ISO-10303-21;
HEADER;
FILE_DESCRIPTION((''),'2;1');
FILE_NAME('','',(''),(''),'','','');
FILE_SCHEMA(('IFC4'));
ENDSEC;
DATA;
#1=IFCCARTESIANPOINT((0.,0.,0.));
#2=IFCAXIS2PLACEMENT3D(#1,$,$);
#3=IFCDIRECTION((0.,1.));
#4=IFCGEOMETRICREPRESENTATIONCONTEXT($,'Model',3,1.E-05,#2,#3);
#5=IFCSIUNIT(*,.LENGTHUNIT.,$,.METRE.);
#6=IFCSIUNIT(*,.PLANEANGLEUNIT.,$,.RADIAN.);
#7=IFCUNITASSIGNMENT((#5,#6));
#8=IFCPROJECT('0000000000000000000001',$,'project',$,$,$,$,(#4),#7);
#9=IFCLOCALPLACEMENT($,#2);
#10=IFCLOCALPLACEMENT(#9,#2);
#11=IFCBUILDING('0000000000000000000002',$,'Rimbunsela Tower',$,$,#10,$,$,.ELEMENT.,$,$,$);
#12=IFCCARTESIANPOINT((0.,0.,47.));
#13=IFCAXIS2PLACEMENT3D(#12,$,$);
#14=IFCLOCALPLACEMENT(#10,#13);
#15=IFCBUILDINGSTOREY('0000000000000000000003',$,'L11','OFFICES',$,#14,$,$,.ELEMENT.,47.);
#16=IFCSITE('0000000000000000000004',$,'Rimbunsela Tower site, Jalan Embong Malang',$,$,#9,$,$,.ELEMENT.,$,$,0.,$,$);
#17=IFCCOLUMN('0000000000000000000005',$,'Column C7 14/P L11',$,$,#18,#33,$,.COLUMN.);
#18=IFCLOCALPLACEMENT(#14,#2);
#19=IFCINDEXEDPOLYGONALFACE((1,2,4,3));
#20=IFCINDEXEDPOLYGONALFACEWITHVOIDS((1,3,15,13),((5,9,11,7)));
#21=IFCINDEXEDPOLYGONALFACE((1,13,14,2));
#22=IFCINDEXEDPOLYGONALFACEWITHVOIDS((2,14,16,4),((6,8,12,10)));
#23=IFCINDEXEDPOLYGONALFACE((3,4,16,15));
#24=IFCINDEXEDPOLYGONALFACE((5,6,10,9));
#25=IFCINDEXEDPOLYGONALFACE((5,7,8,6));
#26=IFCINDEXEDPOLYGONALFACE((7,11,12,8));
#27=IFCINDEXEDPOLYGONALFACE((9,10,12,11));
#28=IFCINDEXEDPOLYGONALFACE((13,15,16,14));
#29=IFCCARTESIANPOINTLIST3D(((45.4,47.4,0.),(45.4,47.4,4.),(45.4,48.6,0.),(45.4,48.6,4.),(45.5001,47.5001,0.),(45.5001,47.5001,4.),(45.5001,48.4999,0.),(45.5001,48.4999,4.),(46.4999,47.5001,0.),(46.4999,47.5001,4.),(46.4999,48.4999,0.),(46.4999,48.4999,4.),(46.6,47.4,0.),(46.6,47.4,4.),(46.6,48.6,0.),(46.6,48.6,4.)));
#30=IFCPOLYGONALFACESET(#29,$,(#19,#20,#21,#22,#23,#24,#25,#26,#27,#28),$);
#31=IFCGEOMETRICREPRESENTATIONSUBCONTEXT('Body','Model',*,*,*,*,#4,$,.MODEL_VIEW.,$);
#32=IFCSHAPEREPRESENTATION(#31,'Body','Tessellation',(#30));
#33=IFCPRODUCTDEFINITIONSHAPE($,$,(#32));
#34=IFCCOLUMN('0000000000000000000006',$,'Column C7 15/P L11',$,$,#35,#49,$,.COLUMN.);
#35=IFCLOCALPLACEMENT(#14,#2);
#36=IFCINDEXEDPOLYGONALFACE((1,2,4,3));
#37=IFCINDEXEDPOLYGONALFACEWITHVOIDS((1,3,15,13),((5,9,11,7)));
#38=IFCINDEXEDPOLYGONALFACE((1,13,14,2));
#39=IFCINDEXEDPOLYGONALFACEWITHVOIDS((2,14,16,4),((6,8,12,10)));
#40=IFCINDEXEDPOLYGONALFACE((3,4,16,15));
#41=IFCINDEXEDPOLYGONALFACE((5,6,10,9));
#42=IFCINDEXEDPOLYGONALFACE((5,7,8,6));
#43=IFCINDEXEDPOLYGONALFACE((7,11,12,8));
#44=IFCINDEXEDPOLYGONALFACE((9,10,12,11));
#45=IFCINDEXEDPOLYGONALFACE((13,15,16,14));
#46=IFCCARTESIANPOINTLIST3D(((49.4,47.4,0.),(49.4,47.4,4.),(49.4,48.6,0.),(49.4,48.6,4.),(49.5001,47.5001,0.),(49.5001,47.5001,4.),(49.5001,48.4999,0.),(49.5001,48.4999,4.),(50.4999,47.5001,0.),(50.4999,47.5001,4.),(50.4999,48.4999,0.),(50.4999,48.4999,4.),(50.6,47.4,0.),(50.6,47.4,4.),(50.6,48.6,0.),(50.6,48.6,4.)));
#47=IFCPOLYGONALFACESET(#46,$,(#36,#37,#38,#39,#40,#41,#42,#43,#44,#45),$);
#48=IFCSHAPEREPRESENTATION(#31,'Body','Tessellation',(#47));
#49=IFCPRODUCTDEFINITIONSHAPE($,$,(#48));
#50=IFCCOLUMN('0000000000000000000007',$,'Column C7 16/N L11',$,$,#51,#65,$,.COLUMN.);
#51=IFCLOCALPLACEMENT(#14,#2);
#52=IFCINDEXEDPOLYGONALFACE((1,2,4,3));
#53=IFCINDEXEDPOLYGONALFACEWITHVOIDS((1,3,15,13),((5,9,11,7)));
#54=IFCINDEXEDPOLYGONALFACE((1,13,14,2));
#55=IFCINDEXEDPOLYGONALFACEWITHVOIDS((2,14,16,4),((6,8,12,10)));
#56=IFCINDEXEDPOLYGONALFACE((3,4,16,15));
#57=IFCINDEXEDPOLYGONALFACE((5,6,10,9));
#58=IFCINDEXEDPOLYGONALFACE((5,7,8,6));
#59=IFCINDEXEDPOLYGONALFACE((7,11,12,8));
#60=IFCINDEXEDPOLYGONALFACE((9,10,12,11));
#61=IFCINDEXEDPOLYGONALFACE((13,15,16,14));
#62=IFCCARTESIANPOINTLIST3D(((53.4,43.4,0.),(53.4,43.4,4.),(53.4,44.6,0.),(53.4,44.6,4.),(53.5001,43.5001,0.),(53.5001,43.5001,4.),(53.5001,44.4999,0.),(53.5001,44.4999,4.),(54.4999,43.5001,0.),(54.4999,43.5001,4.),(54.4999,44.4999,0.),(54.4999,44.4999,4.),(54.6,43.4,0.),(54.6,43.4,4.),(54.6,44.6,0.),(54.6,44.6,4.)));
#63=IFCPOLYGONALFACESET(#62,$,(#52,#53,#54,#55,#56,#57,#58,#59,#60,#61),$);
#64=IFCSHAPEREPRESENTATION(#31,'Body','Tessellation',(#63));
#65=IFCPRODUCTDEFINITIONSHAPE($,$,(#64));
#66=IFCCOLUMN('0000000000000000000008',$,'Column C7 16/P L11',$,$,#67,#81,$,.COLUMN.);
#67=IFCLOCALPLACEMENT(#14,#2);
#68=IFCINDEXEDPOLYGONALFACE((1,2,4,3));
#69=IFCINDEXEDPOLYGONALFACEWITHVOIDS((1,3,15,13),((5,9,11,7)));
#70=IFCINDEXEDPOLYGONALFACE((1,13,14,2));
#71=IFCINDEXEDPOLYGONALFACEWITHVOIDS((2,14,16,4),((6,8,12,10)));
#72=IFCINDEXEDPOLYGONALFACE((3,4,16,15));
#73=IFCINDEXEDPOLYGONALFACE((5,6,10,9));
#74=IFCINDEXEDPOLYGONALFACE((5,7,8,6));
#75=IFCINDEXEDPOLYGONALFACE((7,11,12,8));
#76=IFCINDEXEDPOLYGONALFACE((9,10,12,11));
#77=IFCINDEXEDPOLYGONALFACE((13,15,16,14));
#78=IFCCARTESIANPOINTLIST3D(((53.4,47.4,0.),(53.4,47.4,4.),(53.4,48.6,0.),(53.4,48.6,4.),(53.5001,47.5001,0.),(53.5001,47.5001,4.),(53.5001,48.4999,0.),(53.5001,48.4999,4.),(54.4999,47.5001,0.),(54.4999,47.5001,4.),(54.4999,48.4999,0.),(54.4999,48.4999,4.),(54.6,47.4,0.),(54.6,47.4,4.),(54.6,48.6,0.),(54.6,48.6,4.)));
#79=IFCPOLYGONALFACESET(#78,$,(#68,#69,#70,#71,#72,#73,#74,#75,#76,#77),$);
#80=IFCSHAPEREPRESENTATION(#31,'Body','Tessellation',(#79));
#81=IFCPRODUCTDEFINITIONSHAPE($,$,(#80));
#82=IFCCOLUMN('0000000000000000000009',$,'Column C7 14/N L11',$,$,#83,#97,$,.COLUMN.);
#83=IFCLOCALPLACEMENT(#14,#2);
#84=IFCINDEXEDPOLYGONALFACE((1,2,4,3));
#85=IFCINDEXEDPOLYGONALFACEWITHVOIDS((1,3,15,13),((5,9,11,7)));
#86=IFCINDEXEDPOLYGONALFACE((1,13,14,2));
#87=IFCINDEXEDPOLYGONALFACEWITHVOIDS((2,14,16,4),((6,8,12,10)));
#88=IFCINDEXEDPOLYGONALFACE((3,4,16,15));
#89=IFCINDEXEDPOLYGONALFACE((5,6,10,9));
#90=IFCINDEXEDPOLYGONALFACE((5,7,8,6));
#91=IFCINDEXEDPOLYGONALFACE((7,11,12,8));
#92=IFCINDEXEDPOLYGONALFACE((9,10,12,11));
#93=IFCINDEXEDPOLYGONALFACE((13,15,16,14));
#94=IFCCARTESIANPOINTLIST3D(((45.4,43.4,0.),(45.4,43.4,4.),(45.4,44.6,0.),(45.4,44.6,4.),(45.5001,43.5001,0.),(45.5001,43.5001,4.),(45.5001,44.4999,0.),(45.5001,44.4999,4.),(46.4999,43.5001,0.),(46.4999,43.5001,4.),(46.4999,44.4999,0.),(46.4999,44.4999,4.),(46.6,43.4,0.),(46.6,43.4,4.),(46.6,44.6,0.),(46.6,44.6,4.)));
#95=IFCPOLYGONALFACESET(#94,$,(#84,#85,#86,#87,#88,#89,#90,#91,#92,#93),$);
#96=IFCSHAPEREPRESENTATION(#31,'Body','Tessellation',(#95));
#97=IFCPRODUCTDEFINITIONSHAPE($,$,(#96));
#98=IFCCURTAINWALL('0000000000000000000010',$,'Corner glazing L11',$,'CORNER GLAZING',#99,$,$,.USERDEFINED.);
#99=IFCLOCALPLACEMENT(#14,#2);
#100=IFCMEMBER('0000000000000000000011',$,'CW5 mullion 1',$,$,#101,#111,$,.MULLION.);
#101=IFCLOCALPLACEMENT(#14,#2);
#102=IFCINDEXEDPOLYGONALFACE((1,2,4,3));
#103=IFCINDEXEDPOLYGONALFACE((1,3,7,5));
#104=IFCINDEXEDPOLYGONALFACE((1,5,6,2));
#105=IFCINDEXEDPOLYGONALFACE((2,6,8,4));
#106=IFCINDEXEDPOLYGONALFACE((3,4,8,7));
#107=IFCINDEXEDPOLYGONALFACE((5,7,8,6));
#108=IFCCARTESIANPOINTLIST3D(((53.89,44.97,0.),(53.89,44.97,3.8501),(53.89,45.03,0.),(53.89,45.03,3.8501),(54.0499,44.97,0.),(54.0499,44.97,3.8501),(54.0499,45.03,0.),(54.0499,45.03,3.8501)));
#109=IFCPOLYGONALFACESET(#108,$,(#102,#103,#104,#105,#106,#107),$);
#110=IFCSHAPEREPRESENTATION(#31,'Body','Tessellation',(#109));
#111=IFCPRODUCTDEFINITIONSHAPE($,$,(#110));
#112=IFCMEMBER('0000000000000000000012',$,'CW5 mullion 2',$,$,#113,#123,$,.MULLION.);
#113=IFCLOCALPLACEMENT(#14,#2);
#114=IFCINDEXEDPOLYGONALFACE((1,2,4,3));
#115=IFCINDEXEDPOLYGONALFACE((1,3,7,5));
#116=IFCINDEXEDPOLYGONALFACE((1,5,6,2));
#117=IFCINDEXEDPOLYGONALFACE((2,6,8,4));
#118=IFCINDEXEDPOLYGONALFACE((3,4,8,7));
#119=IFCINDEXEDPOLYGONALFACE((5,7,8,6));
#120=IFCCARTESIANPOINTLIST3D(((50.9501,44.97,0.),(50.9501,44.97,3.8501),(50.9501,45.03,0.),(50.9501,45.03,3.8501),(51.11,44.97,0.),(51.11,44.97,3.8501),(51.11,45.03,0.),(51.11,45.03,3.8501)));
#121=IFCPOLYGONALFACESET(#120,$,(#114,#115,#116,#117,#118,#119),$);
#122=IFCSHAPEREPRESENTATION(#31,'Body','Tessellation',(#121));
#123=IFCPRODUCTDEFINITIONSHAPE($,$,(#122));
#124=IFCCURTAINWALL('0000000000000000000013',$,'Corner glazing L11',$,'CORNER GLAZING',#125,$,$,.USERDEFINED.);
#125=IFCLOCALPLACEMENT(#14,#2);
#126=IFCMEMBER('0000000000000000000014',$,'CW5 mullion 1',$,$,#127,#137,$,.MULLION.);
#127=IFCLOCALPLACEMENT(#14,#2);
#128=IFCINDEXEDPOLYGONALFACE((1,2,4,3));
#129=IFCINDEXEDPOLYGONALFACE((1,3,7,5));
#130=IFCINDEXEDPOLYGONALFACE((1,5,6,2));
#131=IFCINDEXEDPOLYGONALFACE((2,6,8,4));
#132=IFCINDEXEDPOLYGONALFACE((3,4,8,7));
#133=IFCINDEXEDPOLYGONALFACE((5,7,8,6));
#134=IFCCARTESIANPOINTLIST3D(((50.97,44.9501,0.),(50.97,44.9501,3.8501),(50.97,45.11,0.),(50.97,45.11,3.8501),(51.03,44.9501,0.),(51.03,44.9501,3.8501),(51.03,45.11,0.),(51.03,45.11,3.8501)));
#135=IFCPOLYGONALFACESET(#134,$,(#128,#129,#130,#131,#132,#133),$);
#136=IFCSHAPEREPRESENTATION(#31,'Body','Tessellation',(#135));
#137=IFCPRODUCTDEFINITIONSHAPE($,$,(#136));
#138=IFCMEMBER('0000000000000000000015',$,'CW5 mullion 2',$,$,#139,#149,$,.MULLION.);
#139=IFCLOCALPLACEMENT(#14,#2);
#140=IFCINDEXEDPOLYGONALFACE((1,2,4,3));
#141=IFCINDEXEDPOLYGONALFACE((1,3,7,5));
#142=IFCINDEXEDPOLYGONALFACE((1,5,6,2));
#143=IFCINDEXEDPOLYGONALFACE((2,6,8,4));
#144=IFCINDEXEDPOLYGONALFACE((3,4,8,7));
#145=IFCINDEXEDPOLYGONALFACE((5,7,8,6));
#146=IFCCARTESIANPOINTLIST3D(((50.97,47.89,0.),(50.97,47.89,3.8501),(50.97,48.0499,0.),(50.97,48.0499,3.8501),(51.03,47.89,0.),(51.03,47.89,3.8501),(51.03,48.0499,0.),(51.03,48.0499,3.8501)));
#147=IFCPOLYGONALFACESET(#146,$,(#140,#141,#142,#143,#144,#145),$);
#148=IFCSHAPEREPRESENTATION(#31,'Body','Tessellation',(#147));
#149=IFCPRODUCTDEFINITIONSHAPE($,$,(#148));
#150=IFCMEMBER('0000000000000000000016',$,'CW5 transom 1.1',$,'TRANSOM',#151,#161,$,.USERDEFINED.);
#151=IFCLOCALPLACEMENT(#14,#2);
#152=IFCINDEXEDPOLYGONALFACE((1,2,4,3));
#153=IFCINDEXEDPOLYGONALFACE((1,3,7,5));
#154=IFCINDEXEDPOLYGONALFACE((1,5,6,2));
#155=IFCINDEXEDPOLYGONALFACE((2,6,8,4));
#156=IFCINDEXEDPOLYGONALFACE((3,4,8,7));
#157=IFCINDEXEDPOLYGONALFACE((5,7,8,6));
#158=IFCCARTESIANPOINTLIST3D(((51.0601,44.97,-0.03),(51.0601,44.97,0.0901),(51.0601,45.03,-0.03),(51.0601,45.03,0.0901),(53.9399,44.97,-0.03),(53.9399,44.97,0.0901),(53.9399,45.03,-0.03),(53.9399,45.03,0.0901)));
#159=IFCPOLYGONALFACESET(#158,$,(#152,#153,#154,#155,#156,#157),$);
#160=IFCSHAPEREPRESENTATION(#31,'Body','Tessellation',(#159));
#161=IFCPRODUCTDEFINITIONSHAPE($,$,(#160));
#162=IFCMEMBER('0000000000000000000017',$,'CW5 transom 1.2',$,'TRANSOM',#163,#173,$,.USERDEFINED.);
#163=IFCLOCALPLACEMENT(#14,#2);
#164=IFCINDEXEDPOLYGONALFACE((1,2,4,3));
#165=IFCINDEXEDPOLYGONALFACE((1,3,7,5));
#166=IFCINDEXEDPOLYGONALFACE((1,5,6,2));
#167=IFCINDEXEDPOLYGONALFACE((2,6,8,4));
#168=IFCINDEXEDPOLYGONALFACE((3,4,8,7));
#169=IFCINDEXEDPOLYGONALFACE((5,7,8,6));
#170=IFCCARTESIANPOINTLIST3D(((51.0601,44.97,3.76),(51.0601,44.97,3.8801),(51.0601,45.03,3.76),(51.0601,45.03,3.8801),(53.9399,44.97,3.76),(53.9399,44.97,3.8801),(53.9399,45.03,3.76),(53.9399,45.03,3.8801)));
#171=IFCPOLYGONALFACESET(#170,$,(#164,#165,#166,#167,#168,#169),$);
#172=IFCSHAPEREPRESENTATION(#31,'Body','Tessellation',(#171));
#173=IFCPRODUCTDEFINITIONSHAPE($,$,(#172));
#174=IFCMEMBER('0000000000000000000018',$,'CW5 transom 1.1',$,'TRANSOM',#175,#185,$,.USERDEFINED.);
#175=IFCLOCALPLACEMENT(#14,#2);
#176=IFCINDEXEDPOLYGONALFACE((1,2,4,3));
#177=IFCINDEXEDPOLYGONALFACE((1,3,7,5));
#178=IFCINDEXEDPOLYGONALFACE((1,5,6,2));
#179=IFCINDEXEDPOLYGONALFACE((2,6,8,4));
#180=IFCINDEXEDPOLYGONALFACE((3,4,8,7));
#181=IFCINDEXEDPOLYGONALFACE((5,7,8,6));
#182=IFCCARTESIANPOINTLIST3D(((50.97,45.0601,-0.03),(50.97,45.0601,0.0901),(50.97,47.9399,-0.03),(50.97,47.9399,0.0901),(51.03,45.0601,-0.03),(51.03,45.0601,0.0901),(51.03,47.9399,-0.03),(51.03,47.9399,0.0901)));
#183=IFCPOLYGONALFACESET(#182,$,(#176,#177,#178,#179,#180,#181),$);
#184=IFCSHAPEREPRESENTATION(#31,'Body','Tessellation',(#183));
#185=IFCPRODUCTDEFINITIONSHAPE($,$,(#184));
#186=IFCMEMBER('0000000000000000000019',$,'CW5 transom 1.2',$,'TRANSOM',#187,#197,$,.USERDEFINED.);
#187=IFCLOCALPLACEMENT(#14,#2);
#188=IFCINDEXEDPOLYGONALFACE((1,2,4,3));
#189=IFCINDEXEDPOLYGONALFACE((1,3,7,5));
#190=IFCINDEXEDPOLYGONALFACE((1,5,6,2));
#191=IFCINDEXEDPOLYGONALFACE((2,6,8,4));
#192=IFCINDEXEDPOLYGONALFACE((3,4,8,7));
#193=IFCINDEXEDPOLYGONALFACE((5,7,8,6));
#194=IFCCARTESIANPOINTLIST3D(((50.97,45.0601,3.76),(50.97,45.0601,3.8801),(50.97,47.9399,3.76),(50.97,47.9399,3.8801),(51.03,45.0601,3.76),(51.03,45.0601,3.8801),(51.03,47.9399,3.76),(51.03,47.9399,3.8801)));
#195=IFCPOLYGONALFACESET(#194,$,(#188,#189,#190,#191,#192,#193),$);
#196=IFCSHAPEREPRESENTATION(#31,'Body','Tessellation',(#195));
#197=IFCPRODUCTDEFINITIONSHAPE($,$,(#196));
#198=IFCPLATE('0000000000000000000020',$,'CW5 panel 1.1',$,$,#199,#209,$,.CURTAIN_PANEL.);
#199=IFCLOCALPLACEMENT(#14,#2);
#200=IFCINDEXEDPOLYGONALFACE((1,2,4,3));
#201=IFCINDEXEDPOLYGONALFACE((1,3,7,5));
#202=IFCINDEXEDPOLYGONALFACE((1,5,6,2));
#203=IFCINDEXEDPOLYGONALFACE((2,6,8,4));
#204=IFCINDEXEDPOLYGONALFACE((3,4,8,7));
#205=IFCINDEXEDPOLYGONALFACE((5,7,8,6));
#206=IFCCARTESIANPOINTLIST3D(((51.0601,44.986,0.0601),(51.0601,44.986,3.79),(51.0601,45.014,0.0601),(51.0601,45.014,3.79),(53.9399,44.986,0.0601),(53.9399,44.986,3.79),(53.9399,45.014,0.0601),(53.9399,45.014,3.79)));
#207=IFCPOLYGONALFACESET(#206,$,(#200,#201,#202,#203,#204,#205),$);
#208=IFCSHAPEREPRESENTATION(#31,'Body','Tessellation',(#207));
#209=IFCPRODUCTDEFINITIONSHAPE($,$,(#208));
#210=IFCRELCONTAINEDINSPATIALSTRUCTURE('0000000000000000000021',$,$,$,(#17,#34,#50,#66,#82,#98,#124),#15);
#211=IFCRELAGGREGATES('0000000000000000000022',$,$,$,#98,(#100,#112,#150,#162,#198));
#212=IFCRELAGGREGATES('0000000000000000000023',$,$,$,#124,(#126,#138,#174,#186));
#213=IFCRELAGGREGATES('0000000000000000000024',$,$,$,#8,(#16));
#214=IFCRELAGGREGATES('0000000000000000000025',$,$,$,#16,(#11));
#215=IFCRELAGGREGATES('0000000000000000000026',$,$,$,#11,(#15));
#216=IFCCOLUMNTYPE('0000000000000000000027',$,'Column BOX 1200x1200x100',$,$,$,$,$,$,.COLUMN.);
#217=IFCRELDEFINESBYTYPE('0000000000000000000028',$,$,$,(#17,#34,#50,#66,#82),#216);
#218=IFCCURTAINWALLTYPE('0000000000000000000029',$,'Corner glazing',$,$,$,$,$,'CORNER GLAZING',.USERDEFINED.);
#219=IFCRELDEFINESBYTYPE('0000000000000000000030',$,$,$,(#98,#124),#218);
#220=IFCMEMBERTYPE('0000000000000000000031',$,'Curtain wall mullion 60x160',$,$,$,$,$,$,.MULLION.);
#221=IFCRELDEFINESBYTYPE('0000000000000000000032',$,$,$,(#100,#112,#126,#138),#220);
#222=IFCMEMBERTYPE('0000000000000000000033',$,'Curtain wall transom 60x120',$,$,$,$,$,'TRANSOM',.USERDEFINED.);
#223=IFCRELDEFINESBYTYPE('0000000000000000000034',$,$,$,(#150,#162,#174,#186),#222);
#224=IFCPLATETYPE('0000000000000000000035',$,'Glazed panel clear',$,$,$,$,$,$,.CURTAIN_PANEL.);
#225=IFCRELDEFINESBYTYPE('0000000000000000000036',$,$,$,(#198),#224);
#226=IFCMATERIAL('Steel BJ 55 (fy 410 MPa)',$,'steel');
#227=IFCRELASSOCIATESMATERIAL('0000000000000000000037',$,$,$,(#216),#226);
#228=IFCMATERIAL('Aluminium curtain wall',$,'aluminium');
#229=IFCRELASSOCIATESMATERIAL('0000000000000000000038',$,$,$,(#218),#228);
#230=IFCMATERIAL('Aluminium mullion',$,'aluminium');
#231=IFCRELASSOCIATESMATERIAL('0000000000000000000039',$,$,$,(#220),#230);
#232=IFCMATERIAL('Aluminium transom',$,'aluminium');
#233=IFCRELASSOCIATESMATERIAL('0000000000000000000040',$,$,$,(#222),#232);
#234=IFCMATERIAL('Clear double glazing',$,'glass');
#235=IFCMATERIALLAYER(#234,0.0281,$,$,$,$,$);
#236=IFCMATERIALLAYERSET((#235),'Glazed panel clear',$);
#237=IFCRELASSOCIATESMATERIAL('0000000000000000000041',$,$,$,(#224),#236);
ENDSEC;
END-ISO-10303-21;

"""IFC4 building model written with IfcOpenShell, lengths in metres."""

from ifc_helpers import new_model, si_unit, direction, frame, origin, origin_2d, place, context, subcontext, project, spatial, rectangle, hollow_rectangle, extrude, material, layer, layer_set, material_profile, profile_set, type_object, element, aggregate, save


model = new_model("IFC4")

# Units and contexts
model_context = context("Model", 3, precision=1e-05, world=origin(), true_north=direction((0.0, 1.0)))
body_context = subcontext(model_context, "Body", "Model", "MODEL_VIEW")
ifc_project = project(units=[si_unit("LENGTHUNIT", "METRE"), si_unit("PLANEANGLEUNIT", "RADIAN")], contexts=[model_context])

# Site, building, storey
site_placement = place(None, origin())
site = spatial("IfcSite", under=ifc_project, at=site_placement, Name="Rimbunsela Tower site, Jalan Embong Malang", CompositionType="ELEMENT", RefElevation=0.0)
building_placement = place(site_placement, origin())
building = spatial("IfcBuilding", under=site, at=building_placement, Name="Rimbunsela Tower", CompositionType="ELEMENT")
storey_placement = place(building_placement, frame((0.0, 0.0, 47.0)))
storey = spatial("IfcBuildingStorey", under=building, at=storey_placement, Name="L11", Description="OFFICES", CompositionType="ELEMENT", Elevation=47.0)

# Columns
ifc_material_1 = material(Name="Steel BJ 55 (fy 410 MPa)", Category="steel")
ifc_material_profile_1 = material_profile(ifc_material_1, hollow_rectangle(XDim=1.2, YDim=1.2, WallThickness=0.1001, at=origin_2d()), Name="BOX 1200x1200x100")
ifc_profile_set_1 = profile_set([ifc_material_profile_1], Name="Steel BJ 55 (fy 410 MPa)")
column_type = type_object("IfcColumnType", Name="Column BOX 1200x1200x100", PredefinedType="COLUMN", material=ifc_profile_set_1)
for number, where, z_axis, x_axis, name in (
    (1, (46.0, 48.0, 0.0), (0.0, 0.0, 1.0), (1.0, 0.0, 0.0), "Column C7 14/P L11"),
    (2, (50.0, 48.0, 0.0), (0.0, 0.0, 1.0), (1.0, 0.0, 0.0), "Column C7 15/P L11"),
    (3, (54.0, 44.0, 0.0), (0.0, 0.0, 1.0), (1.0, 0.0, 0.0), "Column C7 16/N L11"),
    (4, (54.0, 48.0, 0.0), (0.0, 0.0, 1.0), (1.0, 0.0, 0.0), "Column C7 16/P L11"),
    (5, (46.0, 44.0, 0.0), (0.0, 0.0, 1.0), (1.0, 0.0, 0.0), "Column C7 14/N L11"),
):
    element("IfcColumn", number, at=place(storey_placement, frame(where, z_axis=z_axis, x_axis=x_axis)), inside=storey, type_object=column_type, Name=name, PredefinedType="COLUMN", context=body_context, shape_type="SweptSolid", body=[
        extrude(hollow_rectangle(XDim=1.2, YDim=1.2, WallThickness=0.1001, at=origin_2d()), origin(), (0.0, 0.0, 1.0), 4.0),
    ])

# Curtain walls, members
ifc_material_2 = material(Name="Aluminium curtain wall", Category="aluminium")
curtain_wall_type = type_object("IfcCurtainWallType", Name="Corner glazing", ElementType="CORNER GLAZING", PredefinedType="USERDEFINED", material=ifc_material_2)
curtain_wall_1_placement = place(storey_placement, origin())
curtain_wall_1 = element("IfcCurtainWall", 6, at=curtain_wall_1_placement, inside=storey, type_object=curtain_wall_type, Name="Corner glazing L11", ObjectType="CORNER GLAZING", PredefinedType="USERDEFINED")
ifc_material_3 = material(Name="Aluminium mullion", Category="aluminium")
ifc_material_profile_2 = material_profile(ifc_material_3, rectangle(XDim=0.0601, YDim=0.1599, at=origin_2d()), Name="Mullion 60x160")
ifc_profile_set_2 = profile_set([ifc_material_profile_2], Name="Aluminium mullion")
member_type_1 = type_object("IfcMemberType", Name="Curtain wall mullion 60x160", PredefinedType="MULLION", material=ifc_profile_set_2)
member_1_placement = place(storey_placement, frame((53.97, 45.0, 0.0), z_axis=(0.0, 0.0, 1.0), x_axis=(0.0, -1.0, 0.0)))
member_1 = element("IfcMember", 7, at=member_1_placement, type_object=member_type_1, Name="CW5 mullion 1", PredefinedType="MULLION", context=body_context, shape_type="SweptSolid", body=[
    extrude(rectangle(XDim=0.0601, YDim=0.1599, at=origin_2d()), origin(), (0.0, 0.0, 1.0), 3.8501),
])
member_2_placement = place(storey_placement, frame((51.03, 45.0, 0.0), z_axis=(0.0, 0.0, 1.0), x_axis=(0.0, -1.0, 0.0)))
member_2 = element("IfcMember", 8, at=member_2_placement, type_object=member_type_1, Name="CW5 mullion 2", PredefinedType="MULLION", context=body_context, shape_type="SweptSolid", body=[
    extrude(rectangle(XDim=0.0601, YDim=0.1599, at=origin_2d()), origin(), (0.0, 0.0, 1.0), 3.8501),
])
curtain_wall_2_placement = place(storey_placement, origin())
curtain_wall_2 = element("IfcCurtainWall", 9, at=curtain_wall_2_placement, inside=storey, type_object=curtain_wall_type, Name="Corner glazing L11", ObjectType="CORNER GLAZING", PredefinedType="USERDEFINED")
member_3_placement = place(storey_placement, frame((51.0, 45.03, 0.0), z_axis=(0.0, 0.0, 1.0), x_axis=(-1.0, 0.0, 0.0)))
member_3 = element("IfcMember", 10, at=member_3_placement, type_object=member_type_1, Name="CW5 mullion 1", PredefinedType="MULLION", context=body_context, shape_type="SweptSolid", body=[
    extrude(rectangle(XDim=0.0601, YDim=0.1599, at=origin_2d()), origin(), (0.0, 0.0, 1.0), 3.8501),
])
member_4_placement = place(storey_placement, frame((51.0, 47.97, 0.0), z_axis=(0.0, 0.0, 1.0), x_axis=(-1.0, 0.0, 0.0)))
member_4 = element("IfcMember", 11, at=member_4_placement, type_object=member_type_1, Name="CW5 mullion 2", PredefinedType="MULLION", context=body_context, shape_type="SweptSolid", body=[
    extrude(rectangle(XDim=0.0601, YDim=0.1599, at=origin_2d()), origin(), (0.0, 0.0, 1.0), 3.8501),
])

# Members
ifc_material_4 = material(Name="Aluminium transom", Category="aluminium")
ifc_material_profile_3 = material_profile(ifc_material_4, rectangle(XDim=0.0601, YDim=0.1201, at=origin_2d()), Name="Transom 60x120")
ifc_profile_set_3 = profile_set([ifc_material_profile_3], Name="Aluminium transom")
member_type_2 = type_object("IfcMemberType", Name="Curtain wall transom 60x120", ElementType="TRANSOM", PredefinedType="USERDEFINED", material=ifc_profile_set_3)
member_5_placement = place(storey_placement, frame((53.9399, 45.0, 0.03), z_axis=(-1.0, 0.0, 0.0), x_axis=(0.0, -1.0, 0.0)))
member_5 = element("IfcMember", 12, at=member_5_placement, type_object=member_type_2, Name="CW5 transom 1.1", ObjectType="TRANSOM", PredefinedType="USERDEFINED", context=body_context, shape_type="SweptSolid", body=[
    extrude(rectangle(XDim=0.0601, YDim=0.1201, at=origin_2d()), origin(), (0.0, 0.0, 1.0), 2.8799),
])
member_6_placement = place(storey_placement, frame((53.9399, 45.0, 3.8201), z_axis=(-1.0, 0.0, 0.0), x_axis=(0.0, -1.0, 0.0)))
member_6 = element("IfcMember", 13, at=member_6_placement, type_object=member_type_2, Name="CW5 transom 1.2", ObjectType="TRANSOM", PredefinedType="USERDEFINED", context=body_context, shape_type="SweptSolid", body=[
    extrude(rectangle(XDim=0.0601, YDim=0.1201, at=origin_2d()), origin(), (0.0, 0.0, 1.0), 2.8799),
])
member_7_placement = place(storey_placement, frame((51.0, 45.0601, 0.03), z_axis=(0.0, 1.0, 0.0), x_axis=(-1.0, 0.0, 0.0)))
member_7 = element("IfcMember", 14, at=member_7_placement, type_object=member_type_2, Name="CW5 transom 1.1", ObjectType="TRANSOM", PredefinedType="USERDEFINED", context=body_context, shape_type="SweptSolid", body=[
    extrude(rectangle(XDim=0.0601, YDim=0.1201, at=origin_2d()), origin(), (0.0, 0.0, 1.0), 2.8799),
])
member_8_placement = place(storey_placement, frame((51.0, 45.0601, 3.8201), z_axis=(0.0, 1.0, 0.0), x_axis=(-1.0, 0.0, 0.0)))
member_8 = element("IfcMember", 15, at=member_8_placement, type_object=member_type_2, Name="CW5 transom 1.2", ObjectType="TRANSOM", PredefinedType="USERDEFINED", context=body_context, shape_type="SweptSolid", body=[
    extrude(rectangle(XDim=0.0601, YDim=0.1201, at=origin_2d()), origin(), (0.0, 0.0, 1.0), 2.8799),
])

# Plate
ifc_material_5 = material(Name="Clear double glazing", Category="glass")
ifc_layer_1 = layer(ifc_material_5, 0.0281)
ifc_layer_set_1 = layer_set([ifc_layer_1], Name="Glazed panel clear")
plate_type = type_object("IfcPlateType", Name="Glazed panel clear", PredefinedType="CURTAIN_PANEL", material=ifc_layer_set_1)
plate_1_placement = place(storey_placement, frame((52.5, 45.0, 0.0601), z_axis=(0.0, 0.0, 1.0), x_axis=(-1.0, 0.0, 0.0)))
plate_1 = element("IfcPlate", 16, at=plate_1_placement, type_object=plate_type, Name="CW5 panel 1.1", PredefinedType="CURTAIN_PANEL", context=body_context, shape_type="SweptSolid", body=[
    extrude(rectangle(XDim=2.8799, YDim=0.0281, at=origin_2d()), origin(), (0.0, 0.0, 1.0), 3.73),
])
aggregate(curtain_wall_1, [member_1, member_2, member_5, member_6, plate_1])
aggregate(curtain_wall_2, [member_3, member_4, member_7, member_8])

save(model, "model.ifc")
